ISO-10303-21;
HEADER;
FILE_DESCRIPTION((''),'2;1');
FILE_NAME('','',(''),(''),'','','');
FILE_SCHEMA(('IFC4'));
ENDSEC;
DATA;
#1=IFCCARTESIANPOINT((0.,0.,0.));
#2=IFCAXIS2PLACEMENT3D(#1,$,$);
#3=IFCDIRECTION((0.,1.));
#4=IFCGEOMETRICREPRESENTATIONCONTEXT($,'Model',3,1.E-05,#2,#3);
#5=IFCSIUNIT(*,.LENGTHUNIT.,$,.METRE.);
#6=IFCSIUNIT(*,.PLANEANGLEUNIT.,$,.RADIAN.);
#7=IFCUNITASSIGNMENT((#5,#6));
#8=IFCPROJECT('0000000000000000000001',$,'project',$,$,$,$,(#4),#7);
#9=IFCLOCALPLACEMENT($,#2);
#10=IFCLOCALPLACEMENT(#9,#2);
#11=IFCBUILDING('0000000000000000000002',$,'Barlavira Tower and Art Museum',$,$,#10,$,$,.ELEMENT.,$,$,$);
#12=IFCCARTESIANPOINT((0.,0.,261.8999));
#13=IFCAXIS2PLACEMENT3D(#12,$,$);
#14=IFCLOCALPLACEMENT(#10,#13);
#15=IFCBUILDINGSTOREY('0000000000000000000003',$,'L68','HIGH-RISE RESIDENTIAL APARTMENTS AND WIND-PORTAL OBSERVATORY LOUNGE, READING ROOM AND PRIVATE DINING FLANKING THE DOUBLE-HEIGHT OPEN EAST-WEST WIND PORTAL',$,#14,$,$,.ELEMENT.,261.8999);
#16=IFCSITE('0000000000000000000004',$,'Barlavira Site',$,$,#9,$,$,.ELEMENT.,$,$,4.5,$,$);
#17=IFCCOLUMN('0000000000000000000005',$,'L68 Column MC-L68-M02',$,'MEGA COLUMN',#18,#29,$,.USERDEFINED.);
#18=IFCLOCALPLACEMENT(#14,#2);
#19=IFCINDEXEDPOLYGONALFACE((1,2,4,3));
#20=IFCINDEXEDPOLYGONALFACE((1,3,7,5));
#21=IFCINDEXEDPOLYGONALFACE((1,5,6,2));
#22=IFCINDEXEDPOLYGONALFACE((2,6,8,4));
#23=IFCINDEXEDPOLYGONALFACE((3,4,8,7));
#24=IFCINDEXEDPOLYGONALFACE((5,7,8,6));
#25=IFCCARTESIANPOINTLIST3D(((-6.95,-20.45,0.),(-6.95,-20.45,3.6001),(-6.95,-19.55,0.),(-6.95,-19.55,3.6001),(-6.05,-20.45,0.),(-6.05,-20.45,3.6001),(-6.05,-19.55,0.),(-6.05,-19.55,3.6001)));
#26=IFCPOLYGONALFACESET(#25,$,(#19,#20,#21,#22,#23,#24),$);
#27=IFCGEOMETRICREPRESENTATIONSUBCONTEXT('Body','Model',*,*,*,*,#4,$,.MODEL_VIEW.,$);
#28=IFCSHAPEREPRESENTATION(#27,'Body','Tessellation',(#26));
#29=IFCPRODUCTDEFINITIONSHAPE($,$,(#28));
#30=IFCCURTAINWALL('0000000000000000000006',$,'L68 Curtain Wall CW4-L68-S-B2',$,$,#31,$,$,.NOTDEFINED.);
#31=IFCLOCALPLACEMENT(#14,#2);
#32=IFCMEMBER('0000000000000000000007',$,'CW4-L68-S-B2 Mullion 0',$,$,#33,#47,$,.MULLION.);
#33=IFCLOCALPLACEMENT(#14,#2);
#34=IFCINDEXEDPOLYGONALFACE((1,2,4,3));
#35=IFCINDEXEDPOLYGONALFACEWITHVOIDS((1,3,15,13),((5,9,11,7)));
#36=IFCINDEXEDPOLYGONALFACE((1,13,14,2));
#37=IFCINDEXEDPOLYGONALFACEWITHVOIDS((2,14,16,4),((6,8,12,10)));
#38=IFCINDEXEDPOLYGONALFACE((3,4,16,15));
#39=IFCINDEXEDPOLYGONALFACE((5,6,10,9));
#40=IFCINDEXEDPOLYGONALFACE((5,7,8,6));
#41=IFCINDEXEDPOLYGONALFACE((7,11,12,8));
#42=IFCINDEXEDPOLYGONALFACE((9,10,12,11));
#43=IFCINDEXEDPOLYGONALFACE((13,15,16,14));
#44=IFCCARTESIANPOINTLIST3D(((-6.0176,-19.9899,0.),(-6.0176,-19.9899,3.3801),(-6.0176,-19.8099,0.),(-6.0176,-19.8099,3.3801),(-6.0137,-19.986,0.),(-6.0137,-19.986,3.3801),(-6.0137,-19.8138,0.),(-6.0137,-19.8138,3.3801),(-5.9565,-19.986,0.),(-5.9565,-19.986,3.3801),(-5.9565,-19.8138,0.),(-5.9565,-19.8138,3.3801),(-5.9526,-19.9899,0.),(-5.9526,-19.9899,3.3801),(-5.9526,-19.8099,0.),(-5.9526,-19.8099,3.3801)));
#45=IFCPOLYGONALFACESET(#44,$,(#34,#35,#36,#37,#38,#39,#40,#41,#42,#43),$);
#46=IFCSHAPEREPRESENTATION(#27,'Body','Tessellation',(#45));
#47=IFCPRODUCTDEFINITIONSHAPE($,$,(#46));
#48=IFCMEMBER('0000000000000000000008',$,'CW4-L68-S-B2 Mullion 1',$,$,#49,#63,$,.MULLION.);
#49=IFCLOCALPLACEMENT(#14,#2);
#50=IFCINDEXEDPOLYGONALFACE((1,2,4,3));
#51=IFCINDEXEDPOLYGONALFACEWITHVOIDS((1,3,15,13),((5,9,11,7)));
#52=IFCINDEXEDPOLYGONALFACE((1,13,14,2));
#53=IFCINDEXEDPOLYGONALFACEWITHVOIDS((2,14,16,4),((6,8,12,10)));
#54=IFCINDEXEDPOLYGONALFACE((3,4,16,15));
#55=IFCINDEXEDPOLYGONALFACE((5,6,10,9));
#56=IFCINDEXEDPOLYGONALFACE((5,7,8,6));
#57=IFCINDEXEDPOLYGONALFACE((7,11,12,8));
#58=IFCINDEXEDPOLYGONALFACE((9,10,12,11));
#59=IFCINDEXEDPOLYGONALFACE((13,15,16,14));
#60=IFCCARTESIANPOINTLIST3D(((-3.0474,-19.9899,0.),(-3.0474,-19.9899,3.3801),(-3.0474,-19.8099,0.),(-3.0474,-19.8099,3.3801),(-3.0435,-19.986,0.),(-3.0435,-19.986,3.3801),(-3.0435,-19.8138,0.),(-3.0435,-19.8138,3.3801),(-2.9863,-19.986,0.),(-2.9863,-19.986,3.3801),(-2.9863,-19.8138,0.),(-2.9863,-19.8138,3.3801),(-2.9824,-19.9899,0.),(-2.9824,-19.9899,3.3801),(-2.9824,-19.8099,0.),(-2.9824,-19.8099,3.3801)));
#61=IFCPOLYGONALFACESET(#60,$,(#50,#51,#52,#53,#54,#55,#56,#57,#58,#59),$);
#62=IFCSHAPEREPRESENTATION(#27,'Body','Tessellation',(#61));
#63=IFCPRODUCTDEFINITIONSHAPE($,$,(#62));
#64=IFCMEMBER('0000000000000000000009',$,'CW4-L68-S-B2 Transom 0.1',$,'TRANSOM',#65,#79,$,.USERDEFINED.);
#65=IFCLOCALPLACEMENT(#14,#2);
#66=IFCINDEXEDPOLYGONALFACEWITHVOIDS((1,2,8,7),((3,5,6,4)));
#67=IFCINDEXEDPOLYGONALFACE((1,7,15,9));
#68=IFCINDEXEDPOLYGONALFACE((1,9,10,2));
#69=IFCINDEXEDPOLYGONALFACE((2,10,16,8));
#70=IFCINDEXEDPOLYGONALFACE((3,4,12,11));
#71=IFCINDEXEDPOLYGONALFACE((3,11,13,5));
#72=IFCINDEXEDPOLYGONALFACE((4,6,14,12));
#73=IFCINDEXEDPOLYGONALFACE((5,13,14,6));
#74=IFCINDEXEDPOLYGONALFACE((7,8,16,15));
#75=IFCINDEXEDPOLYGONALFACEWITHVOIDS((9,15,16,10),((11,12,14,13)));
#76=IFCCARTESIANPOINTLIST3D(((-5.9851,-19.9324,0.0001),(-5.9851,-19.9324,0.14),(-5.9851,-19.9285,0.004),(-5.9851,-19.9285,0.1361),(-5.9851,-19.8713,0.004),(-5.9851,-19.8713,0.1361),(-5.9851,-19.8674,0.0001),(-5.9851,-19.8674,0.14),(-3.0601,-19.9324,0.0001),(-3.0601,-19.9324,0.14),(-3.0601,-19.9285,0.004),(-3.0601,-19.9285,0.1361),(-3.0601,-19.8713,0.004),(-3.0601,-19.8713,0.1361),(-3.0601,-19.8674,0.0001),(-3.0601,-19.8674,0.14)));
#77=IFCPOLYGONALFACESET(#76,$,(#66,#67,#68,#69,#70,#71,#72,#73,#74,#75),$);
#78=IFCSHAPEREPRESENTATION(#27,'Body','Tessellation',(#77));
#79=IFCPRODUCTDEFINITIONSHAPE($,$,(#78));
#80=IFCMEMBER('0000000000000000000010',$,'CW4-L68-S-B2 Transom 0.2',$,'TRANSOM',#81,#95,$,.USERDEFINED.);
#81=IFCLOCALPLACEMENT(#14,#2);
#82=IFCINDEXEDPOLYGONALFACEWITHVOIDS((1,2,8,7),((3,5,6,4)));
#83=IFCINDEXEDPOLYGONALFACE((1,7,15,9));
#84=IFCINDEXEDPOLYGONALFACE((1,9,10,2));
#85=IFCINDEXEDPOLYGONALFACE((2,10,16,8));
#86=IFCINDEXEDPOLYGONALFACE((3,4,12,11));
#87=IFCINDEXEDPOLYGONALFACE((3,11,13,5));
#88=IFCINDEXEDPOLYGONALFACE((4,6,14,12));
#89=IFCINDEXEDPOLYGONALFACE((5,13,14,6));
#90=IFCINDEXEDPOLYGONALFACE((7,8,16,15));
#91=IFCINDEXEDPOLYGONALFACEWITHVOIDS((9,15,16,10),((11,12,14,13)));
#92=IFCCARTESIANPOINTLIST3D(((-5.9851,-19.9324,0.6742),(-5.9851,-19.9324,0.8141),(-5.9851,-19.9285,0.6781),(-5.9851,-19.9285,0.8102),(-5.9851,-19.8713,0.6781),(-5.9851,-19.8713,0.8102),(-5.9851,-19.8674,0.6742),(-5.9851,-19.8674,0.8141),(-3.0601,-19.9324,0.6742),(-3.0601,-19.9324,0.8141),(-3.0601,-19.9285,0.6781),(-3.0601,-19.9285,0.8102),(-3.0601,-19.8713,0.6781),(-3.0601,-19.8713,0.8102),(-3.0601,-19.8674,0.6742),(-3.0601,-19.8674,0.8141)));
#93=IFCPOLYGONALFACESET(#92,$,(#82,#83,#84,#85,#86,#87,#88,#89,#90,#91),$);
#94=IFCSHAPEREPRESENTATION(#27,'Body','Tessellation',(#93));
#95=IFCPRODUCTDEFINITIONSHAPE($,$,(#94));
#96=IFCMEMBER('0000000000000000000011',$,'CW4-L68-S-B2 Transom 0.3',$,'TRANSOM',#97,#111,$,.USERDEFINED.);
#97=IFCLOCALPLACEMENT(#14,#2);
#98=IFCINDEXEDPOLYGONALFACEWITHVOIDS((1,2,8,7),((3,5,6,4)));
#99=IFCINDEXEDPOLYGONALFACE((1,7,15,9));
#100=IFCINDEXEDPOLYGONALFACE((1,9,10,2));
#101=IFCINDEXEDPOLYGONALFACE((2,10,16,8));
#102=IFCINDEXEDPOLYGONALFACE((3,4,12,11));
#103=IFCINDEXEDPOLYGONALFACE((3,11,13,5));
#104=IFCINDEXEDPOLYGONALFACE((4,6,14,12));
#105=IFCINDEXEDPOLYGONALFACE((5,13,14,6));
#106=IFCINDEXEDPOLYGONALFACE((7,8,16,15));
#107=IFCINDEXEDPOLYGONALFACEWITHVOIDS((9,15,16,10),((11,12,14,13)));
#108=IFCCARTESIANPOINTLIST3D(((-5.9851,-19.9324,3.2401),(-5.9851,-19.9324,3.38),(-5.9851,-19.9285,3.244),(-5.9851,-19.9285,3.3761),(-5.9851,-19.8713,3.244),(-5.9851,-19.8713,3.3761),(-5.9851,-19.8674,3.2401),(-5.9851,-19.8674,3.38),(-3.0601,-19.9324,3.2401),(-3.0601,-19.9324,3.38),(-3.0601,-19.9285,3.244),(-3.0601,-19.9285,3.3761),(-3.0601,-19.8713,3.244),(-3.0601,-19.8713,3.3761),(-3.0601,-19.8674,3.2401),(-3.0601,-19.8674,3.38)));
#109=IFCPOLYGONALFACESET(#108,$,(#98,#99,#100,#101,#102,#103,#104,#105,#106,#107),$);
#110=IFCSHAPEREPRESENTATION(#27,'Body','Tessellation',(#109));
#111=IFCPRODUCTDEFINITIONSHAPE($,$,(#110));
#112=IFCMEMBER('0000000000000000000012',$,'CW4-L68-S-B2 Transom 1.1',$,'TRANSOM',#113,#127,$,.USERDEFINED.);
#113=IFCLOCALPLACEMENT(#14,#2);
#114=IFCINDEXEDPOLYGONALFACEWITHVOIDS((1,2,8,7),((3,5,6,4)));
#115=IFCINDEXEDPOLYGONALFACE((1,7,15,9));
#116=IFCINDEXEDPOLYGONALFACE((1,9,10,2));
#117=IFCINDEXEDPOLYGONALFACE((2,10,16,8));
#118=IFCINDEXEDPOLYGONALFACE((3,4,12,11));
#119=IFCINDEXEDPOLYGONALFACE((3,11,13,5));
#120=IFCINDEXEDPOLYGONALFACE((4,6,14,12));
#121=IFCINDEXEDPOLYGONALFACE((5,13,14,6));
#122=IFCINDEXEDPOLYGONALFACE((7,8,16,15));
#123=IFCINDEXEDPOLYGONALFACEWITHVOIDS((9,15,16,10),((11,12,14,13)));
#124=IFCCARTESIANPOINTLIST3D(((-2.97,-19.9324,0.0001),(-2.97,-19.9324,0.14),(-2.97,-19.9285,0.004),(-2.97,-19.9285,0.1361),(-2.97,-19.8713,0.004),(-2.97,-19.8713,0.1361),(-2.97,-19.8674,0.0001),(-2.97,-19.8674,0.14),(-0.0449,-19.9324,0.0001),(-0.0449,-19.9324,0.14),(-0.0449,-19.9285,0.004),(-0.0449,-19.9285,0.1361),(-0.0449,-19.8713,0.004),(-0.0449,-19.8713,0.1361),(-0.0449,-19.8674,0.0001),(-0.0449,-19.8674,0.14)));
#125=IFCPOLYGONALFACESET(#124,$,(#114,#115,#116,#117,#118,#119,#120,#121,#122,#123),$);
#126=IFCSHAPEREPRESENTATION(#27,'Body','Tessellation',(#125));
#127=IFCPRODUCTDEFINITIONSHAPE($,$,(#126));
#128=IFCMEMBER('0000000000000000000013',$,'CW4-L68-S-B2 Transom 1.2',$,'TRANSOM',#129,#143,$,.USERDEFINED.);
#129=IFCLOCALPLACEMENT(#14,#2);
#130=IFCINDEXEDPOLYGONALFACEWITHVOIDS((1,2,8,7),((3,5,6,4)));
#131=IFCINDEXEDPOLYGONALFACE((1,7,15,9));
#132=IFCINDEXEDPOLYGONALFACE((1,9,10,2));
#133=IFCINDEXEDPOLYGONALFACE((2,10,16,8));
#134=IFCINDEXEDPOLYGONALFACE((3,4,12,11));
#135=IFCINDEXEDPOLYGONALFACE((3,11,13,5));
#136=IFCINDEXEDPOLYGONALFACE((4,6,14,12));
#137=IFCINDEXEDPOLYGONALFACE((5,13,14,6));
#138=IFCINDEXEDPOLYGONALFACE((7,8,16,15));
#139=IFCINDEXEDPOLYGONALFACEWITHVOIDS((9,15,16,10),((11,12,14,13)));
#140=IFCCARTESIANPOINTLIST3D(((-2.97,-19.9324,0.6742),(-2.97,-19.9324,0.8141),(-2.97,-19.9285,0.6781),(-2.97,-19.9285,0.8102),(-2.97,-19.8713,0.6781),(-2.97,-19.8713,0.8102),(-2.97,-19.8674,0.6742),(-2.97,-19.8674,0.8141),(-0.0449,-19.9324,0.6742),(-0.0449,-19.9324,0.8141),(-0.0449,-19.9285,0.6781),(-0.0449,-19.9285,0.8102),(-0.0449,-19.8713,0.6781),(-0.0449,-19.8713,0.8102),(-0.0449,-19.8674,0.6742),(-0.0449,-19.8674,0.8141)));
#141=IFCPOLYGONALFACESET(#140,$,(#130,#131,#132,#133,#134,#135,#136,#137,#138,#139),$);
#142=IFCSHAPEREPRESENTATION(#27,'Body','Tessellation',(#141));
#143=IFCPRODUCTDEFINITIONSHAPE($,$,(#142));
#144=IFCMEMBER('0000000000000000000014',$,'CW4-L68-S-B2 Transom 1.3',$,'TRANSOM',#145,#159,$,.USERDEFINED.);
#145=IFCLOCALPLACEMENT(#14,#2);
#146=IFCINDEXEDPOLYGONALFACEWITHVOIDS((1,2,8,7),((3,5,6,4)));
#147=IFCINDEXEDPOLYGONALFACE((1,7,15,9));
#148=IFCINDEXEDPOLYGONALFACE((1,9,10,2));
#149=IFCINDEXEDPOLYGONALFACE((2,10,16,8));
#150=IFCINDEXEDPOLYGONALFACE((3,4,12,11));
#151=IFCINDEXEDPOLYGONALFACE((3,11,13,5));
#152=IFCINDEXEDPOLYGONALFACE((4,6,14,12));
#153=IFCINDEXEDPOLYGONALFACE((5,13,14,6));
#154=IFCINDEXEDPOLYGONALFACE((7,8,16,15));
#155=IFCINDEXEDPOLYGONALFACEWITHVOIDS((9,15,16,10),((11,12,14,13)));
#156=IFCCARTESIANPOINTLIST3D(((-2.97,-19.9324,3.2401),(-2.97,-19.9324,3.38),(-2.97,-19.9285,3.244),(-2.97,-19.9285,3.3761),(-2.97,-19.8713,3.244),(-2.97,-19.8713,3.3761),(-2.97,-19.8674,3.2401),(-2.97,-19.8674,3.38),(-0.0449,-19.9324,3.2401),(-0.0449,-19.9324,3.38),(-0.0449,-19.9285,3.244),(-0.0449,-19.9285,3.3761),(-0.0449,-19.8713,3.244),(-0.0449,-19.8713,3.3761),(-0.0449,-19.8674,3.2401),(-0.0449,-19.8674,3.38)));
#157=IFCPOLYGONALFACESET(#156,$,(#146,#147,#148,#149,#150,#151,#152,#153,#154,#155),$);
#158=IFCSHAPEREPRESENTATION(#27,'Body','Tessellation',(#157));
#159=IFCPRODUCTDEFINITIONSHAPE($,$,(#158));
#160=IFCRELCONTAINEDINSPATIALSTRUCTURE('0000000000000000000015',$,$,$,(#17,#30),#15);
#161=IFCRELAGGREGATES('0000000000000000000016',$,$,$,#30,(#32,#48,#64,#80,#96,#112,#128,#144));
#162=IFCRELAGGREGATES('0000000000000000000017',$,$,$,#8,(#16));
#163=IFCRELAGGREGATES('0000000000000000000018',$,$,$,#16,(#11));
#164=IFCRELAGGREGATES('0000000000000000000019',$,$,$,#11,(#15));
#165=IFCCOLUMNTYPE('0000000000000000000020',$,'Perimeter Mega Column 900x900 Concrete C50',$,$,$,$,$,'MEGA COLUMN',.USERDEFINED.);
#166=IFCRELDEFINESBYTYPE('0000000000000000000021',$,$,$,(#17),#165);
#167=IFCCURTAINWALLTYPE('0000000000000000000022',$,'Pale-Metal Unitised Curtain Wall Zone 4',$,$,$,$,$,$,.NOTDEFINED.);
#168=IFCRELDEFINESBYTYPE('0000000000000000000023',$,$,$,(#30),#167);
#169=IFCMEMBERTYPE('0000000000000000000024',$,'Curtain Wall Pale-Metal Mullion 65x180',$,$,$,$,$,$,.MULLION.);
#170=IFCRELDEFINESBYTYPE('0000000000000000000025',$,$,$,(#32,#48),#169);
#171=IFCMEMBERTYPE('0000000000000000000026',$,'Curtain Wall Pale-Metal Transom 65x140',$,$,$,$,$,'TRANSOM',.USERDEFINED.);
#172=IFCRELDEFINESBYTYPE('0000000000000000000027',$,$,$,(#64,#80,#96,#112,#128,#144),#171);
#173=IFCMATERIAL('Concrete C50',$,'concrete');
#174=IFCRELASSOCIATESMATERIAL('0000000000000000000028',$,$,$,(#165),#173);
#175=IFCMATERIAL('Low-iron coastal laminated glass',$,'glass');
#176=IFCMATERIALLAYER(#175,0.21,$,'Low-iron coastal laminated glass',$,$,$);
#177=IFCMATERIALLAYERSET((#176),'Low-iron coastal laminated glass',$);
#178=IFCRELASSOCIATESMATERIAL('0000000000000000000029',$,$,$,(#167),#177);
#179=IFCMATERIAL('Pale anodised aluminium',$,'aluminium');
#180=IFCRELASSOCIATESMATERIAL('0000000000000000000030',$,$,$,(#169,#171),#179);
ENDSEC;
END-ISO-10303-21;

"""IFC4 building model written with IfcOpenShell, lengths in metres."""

from ifc_helpers import new_model, si_unit, direction, frame, origin, origin_2d, place, context, subcontext, project, spatial, rectangle, hollow_rectangle, extrude, material, layer, layer_set, material_profile, profile_set, type_object, element, aggregate, save


model = new_model("IFC4")

# Units and contexts
model_context = context("Model", 3, precision=1e-05, world=origin(), true_north=direction((0.0, 1.0)))
body_context = subcontext(model_context, "Body", "Model", "MODEL_VIEW")
ifc_project = project(units=[si_unit("LENGTHUNIT", "METRE"), si_unit("PLANEANGLEUNIT", "RADIAN")], contexts=[model_context])

# Site, building, storey
site_placement = place(None, origin())
site = spatial("IfcSite", under=ifc_project, at=site_placement, Name="Barlavira Site", CompositionType="ELEMENT", RefElevation=4.5)
building_placement = place(site_placement, origin())
building = spatial("IfcBuilding", under=site, at=building_placement, Name="Barlavira Tower and Art Museum", CompositionType="ELEMENT")
storey_placement = place(building_placement, frame((0.0, 0.0, 261.8999)))
storey = spatial("IfcBuildingStorey", under=building, at=storey_placement, Name="L68", Description="HIGH-RISE RESIDENTIAL APARTMENTS AND WIND-PORTAL OBSERVATORY LOUNGE, READING ROOM AND PRIVATE DINING FLANKING THE DOUBLE-HEIGHT OPEN EAST-WEST WIND PORTAL", CompositionType="ELEMENT", Elevation=261.8999)

# Column
ifc_material_1 = material(Name="Concrete C50", Category="concrete")
ifc_material_profile_1 = material_profile(ifc_material_1, rectangle(XDim=0.8999, YDim=0.8999, at=origin_2d()), Name="RC-COL 900x900")
ifc_profile_set_1 = profile_set([ifc_material_profile_1], Name="Concrete C50")
column_type = type_object("IfcColumnType", Name="Perimeter Mega Column 900x900 Concrete C50", ElementType="MEGA COLUMN", PredefinedType="USERDEFINED", material=ifc_profile_set_1)
column_placement = place(storey_placement, frame((-6.5, -20.0, 0.0), z_axis=(0.0, 0.0, 1.0), x_axis=(1.0, 0.0, 0.0)))
element("IfcColumn", 1, at=column_placement, inside=storey, type_object=column_type, Name="L68 Column MC-L68-M02", ObjectType="MEGA COLUMN", PredefinedType="USERDEFINED", context=body_context, shape_type="SweptSolid", body=[
    extrude(rectangle(XDim=0.8999, YDim=0.8999, at=origin_2d()), origin(), (0.0, 0.0, 1.0), 3.6001),
])

# Curtain wall, members
ifc_material_2 = material(Name="Low-iron coastal laminated glass", Category="glass")
ifc_layer_1 = layer(ifc_material_2, 0.21, Name="Low-iron coastal laminated glass")
ifc_layer_set_1 = layer_set([ifc_layer_1], Name="Low-iron coastal laminated glass")
curtain_wall_type = type_object("IfcCurtainWallType", Name="Pale-Metal Unitised Curtain Wall Zone 4", PredefinedType="NOTDEFINED", material=ifc_layer_set_1)
curtain_wall_placement = place(storey_placement, origin())
curtain_wall = element("IfcCurtainWall", 2, at=curtain_wall_placement, inside=storey, type_object=curtain_wall_type, Name="L68 Curtain Wall CW4-L68-S-B2", PredefinedType="NOTDEFINED")
ifc_material_3 = material(Name="Pale anodised aluminium", Category="aluminium")
ifc_material_profile_2 = material_profile(ifc_material_3, hollow_rectangle(XDim=0.0649, YDim=0.1799, WallThickness=0.0039, at=origin_2d()), Name="ALU-MULL 65x180x4")
ifc_profile_set_2 = profile_set([ifc_material_profile_2], Name="Pale anodised aluminium")
member_type_1 = type_object("IfcMemberType", Name="Curtain Wall Pale-Metal Mullion 65x180", PredefinedType="MULLION", material=ifc_profile_set_2)
member_1_placement = place(storey_placement, frame((-5.9851, -19.8999, 0.0), z_axis=(0.0, 0.0, 1.0), x_axis=(1.0, 0.0, 0.0)))
member_1 = element("IfcMember", 3, at=member_1_placement, type_object=member_type_1, Name="CW4-L68-S-B2 Mullion 0", PredefinedType="MULLION", context=body_context, shape_type="SweptSolid", body=[
    extrude(hollow_rectangle(XDim=0.0649, YDim=0.1799, WallThickness=0.0039, at=origin_2d()), origin(), (0.0, 0.0, 1.0), 3.3801),
])
member_2_placement = place(storey_placement, frame((-3.0149, -19.8999, 0.0), z_axis=(0.0, 0.0, 1.0), x_axis=(1.0, 0.0, 0.0)))
member_2 = element("IfcMember", 4, at=member_2_placement, type_object=member_type_1, Name="CW4-L68-S-B2 Mullion 1", PredefinedType="MULLION", context=body_context, shape_type="SweptSolid", body=[
    extrude(hollow_rectangle(XDim=0.0649, YDim=0.1799, WallThickness=0.0039, at=origin_2d()), origin(), (0.0, 0.0, 1.0), 3.3801),
])
ifc_material_profile_3 = material_profile(ifc_material_3, hollow_rectangle(XDim=0.0649, YDim=0.1399, WallThickness=0.0039, at=origin_2d()), Name="ALU-TRAN 65x140x4")
ifc_profile_set_3 = profile_set([ifc_material_profile_3], Name="Pale anodised aluminium")
member_type_2 = type_object("IfcMemberType", Name="Curtain Wall Pale-Metal Transom 65x140", ElementType="TRANSOM", PredefinedType="USERDEFINED", material=ifc_profile_set_3)
member_3_placement = place(storey_placement, frame((-5.9851, -19.8999, 0.0701), z_axis=(1.0, 0.0, 0.0), x_axis=(0.0, 1.0, 0.0)))
member_3 = element("IfcMember", 5, at=member_3_placement, type_object=member_type_2, Name="CW4-L68-S-B2 Transom 0.1", ObjectType="TRANSOM", PredefinedType="USERDEFINED", context=body_context, shape_type="SweptSolid", body=[
    extrude(hollow_rectangle(XDim=0.0649, YDim=0.1399, WallThickness=0.0039, at=origin_2d()), origin(), (0.0, 0.0, 1.0), 2.925),
])
member_4_placement = place(storey_placement, frame((-5.9851, -19.8999, 0.7441), z_axis=(1.0, 0.0, 0.0), x_axis=(0.0, 1.0, 0.0)))
member_4 = element("IfcMember", 6, at=member_4_placement, type_object=member_type_2, Name="CW4-L68-S-B2 Transom 0.2", ObjectType="TRANSOM", PredefinedType="USERDEFINED", context=body_context, shape_type="SweptSolid", body=[
    extrude(hollow_rectangle(XDim=0.0649, YDim=0.1399, WallThickness=0.0039, at=origin_2d()), origin(), (0.0, 0.0, 1.0), 2.925),
])
member_5_placement = place(storey_placement, frame((-5.9851, -19.8999, 3.3101), z_axis=(1.0, 0.0, 0.0), x_axis=(0.0, 1.0, 0.0)))
member_5 = element("IfcMember", 7, at=member_5_placement, type_object=member_type_2, Name="CW4-L68-S-B2 Transom 0.3", ObjectType="TRANSOM", PredefinedType="USERDEFINED", context=body_context, shape_type="SweptSolid", body=[
    extrude(hollow_rectangle(XDim=0.0649, YDim=0.1399, WallThickness=0.0039, at=origin_2d()), origin(), (0.0, 0.0, 1.0), 2.925),
])
member_6_placement = place(storey_placement, frame((-2.97, -19.8999, 0.0701), z_axis=(1.0, 0.0, 0.0), x_axis=(0.0, 1.0, 0.0)))
member_6 = element("IfcMember", 8, at=member_6_placement, type_object=member_type_2, Name="CW4-L68-S-B2 Transom 1.1", ObjectType="TRANSOM", PredefinedType="USERDEFINED", context=body_context, shape_type="SweptSolid", body=[
    extrude(hollow_rectangle(XDim=0.0649, YDim=0.1399, WallThickness=0.0039, at=origin_2d()), origin(), (0.0, 0.0, 1.0), 2.925),
])
member_7_placement = place(storey_placement, frame((-2.97, -19.8999, 0.7441), z_axis=(1.0, 0.0, 0.0), x_axis=(0.0, 1.0, 0.0)))
member_7 = element("IfcMember", 9, at=member_7_placement, type_object=member_type_2, Name="CW4-L68-S-B2 Transom 1.2", ObjectType="TRANSOM", PredefinedType="USERDEFINED", context=body_context, shape_type="SweptSolid", body=[
    extrude(hollow_rectangle(XDim=0.0649, YDim=0.1399, WallThickness=0.0039, at=origin_2d()), origin(), (0.0, 0.0, 1.0), 2.925),
])
member_8_placement = place(storey_placement, frame((-2.97, -19.8999, 3.3101), z_axis=(1.0, 0.0, 0.0), x_axis=(0.0, 1.0, 0.0)))
member_8 = element("IfcMember", 10, at=member_8_placement, type_object=member_type_2, Name="CW4-L68-S-B2 Transom 1.3", ObjectType="TRANSOM", PredefinedType="USERDEFINED", context=body_context, shape_type="SweptSolid", body=[
    extrude(hollow_rectangle(XDim=0.0649, YDim=0.1399, WallThickness=0.0039, at=origin_2d()), origin(), (0.0, 0.0, 1.0), 2.925),
])

aggregate(curtain_wall, [member_1, member_2, member_3, member_4, member_5, member_6, member_7, member_8])

save(model, "model.ifc")
